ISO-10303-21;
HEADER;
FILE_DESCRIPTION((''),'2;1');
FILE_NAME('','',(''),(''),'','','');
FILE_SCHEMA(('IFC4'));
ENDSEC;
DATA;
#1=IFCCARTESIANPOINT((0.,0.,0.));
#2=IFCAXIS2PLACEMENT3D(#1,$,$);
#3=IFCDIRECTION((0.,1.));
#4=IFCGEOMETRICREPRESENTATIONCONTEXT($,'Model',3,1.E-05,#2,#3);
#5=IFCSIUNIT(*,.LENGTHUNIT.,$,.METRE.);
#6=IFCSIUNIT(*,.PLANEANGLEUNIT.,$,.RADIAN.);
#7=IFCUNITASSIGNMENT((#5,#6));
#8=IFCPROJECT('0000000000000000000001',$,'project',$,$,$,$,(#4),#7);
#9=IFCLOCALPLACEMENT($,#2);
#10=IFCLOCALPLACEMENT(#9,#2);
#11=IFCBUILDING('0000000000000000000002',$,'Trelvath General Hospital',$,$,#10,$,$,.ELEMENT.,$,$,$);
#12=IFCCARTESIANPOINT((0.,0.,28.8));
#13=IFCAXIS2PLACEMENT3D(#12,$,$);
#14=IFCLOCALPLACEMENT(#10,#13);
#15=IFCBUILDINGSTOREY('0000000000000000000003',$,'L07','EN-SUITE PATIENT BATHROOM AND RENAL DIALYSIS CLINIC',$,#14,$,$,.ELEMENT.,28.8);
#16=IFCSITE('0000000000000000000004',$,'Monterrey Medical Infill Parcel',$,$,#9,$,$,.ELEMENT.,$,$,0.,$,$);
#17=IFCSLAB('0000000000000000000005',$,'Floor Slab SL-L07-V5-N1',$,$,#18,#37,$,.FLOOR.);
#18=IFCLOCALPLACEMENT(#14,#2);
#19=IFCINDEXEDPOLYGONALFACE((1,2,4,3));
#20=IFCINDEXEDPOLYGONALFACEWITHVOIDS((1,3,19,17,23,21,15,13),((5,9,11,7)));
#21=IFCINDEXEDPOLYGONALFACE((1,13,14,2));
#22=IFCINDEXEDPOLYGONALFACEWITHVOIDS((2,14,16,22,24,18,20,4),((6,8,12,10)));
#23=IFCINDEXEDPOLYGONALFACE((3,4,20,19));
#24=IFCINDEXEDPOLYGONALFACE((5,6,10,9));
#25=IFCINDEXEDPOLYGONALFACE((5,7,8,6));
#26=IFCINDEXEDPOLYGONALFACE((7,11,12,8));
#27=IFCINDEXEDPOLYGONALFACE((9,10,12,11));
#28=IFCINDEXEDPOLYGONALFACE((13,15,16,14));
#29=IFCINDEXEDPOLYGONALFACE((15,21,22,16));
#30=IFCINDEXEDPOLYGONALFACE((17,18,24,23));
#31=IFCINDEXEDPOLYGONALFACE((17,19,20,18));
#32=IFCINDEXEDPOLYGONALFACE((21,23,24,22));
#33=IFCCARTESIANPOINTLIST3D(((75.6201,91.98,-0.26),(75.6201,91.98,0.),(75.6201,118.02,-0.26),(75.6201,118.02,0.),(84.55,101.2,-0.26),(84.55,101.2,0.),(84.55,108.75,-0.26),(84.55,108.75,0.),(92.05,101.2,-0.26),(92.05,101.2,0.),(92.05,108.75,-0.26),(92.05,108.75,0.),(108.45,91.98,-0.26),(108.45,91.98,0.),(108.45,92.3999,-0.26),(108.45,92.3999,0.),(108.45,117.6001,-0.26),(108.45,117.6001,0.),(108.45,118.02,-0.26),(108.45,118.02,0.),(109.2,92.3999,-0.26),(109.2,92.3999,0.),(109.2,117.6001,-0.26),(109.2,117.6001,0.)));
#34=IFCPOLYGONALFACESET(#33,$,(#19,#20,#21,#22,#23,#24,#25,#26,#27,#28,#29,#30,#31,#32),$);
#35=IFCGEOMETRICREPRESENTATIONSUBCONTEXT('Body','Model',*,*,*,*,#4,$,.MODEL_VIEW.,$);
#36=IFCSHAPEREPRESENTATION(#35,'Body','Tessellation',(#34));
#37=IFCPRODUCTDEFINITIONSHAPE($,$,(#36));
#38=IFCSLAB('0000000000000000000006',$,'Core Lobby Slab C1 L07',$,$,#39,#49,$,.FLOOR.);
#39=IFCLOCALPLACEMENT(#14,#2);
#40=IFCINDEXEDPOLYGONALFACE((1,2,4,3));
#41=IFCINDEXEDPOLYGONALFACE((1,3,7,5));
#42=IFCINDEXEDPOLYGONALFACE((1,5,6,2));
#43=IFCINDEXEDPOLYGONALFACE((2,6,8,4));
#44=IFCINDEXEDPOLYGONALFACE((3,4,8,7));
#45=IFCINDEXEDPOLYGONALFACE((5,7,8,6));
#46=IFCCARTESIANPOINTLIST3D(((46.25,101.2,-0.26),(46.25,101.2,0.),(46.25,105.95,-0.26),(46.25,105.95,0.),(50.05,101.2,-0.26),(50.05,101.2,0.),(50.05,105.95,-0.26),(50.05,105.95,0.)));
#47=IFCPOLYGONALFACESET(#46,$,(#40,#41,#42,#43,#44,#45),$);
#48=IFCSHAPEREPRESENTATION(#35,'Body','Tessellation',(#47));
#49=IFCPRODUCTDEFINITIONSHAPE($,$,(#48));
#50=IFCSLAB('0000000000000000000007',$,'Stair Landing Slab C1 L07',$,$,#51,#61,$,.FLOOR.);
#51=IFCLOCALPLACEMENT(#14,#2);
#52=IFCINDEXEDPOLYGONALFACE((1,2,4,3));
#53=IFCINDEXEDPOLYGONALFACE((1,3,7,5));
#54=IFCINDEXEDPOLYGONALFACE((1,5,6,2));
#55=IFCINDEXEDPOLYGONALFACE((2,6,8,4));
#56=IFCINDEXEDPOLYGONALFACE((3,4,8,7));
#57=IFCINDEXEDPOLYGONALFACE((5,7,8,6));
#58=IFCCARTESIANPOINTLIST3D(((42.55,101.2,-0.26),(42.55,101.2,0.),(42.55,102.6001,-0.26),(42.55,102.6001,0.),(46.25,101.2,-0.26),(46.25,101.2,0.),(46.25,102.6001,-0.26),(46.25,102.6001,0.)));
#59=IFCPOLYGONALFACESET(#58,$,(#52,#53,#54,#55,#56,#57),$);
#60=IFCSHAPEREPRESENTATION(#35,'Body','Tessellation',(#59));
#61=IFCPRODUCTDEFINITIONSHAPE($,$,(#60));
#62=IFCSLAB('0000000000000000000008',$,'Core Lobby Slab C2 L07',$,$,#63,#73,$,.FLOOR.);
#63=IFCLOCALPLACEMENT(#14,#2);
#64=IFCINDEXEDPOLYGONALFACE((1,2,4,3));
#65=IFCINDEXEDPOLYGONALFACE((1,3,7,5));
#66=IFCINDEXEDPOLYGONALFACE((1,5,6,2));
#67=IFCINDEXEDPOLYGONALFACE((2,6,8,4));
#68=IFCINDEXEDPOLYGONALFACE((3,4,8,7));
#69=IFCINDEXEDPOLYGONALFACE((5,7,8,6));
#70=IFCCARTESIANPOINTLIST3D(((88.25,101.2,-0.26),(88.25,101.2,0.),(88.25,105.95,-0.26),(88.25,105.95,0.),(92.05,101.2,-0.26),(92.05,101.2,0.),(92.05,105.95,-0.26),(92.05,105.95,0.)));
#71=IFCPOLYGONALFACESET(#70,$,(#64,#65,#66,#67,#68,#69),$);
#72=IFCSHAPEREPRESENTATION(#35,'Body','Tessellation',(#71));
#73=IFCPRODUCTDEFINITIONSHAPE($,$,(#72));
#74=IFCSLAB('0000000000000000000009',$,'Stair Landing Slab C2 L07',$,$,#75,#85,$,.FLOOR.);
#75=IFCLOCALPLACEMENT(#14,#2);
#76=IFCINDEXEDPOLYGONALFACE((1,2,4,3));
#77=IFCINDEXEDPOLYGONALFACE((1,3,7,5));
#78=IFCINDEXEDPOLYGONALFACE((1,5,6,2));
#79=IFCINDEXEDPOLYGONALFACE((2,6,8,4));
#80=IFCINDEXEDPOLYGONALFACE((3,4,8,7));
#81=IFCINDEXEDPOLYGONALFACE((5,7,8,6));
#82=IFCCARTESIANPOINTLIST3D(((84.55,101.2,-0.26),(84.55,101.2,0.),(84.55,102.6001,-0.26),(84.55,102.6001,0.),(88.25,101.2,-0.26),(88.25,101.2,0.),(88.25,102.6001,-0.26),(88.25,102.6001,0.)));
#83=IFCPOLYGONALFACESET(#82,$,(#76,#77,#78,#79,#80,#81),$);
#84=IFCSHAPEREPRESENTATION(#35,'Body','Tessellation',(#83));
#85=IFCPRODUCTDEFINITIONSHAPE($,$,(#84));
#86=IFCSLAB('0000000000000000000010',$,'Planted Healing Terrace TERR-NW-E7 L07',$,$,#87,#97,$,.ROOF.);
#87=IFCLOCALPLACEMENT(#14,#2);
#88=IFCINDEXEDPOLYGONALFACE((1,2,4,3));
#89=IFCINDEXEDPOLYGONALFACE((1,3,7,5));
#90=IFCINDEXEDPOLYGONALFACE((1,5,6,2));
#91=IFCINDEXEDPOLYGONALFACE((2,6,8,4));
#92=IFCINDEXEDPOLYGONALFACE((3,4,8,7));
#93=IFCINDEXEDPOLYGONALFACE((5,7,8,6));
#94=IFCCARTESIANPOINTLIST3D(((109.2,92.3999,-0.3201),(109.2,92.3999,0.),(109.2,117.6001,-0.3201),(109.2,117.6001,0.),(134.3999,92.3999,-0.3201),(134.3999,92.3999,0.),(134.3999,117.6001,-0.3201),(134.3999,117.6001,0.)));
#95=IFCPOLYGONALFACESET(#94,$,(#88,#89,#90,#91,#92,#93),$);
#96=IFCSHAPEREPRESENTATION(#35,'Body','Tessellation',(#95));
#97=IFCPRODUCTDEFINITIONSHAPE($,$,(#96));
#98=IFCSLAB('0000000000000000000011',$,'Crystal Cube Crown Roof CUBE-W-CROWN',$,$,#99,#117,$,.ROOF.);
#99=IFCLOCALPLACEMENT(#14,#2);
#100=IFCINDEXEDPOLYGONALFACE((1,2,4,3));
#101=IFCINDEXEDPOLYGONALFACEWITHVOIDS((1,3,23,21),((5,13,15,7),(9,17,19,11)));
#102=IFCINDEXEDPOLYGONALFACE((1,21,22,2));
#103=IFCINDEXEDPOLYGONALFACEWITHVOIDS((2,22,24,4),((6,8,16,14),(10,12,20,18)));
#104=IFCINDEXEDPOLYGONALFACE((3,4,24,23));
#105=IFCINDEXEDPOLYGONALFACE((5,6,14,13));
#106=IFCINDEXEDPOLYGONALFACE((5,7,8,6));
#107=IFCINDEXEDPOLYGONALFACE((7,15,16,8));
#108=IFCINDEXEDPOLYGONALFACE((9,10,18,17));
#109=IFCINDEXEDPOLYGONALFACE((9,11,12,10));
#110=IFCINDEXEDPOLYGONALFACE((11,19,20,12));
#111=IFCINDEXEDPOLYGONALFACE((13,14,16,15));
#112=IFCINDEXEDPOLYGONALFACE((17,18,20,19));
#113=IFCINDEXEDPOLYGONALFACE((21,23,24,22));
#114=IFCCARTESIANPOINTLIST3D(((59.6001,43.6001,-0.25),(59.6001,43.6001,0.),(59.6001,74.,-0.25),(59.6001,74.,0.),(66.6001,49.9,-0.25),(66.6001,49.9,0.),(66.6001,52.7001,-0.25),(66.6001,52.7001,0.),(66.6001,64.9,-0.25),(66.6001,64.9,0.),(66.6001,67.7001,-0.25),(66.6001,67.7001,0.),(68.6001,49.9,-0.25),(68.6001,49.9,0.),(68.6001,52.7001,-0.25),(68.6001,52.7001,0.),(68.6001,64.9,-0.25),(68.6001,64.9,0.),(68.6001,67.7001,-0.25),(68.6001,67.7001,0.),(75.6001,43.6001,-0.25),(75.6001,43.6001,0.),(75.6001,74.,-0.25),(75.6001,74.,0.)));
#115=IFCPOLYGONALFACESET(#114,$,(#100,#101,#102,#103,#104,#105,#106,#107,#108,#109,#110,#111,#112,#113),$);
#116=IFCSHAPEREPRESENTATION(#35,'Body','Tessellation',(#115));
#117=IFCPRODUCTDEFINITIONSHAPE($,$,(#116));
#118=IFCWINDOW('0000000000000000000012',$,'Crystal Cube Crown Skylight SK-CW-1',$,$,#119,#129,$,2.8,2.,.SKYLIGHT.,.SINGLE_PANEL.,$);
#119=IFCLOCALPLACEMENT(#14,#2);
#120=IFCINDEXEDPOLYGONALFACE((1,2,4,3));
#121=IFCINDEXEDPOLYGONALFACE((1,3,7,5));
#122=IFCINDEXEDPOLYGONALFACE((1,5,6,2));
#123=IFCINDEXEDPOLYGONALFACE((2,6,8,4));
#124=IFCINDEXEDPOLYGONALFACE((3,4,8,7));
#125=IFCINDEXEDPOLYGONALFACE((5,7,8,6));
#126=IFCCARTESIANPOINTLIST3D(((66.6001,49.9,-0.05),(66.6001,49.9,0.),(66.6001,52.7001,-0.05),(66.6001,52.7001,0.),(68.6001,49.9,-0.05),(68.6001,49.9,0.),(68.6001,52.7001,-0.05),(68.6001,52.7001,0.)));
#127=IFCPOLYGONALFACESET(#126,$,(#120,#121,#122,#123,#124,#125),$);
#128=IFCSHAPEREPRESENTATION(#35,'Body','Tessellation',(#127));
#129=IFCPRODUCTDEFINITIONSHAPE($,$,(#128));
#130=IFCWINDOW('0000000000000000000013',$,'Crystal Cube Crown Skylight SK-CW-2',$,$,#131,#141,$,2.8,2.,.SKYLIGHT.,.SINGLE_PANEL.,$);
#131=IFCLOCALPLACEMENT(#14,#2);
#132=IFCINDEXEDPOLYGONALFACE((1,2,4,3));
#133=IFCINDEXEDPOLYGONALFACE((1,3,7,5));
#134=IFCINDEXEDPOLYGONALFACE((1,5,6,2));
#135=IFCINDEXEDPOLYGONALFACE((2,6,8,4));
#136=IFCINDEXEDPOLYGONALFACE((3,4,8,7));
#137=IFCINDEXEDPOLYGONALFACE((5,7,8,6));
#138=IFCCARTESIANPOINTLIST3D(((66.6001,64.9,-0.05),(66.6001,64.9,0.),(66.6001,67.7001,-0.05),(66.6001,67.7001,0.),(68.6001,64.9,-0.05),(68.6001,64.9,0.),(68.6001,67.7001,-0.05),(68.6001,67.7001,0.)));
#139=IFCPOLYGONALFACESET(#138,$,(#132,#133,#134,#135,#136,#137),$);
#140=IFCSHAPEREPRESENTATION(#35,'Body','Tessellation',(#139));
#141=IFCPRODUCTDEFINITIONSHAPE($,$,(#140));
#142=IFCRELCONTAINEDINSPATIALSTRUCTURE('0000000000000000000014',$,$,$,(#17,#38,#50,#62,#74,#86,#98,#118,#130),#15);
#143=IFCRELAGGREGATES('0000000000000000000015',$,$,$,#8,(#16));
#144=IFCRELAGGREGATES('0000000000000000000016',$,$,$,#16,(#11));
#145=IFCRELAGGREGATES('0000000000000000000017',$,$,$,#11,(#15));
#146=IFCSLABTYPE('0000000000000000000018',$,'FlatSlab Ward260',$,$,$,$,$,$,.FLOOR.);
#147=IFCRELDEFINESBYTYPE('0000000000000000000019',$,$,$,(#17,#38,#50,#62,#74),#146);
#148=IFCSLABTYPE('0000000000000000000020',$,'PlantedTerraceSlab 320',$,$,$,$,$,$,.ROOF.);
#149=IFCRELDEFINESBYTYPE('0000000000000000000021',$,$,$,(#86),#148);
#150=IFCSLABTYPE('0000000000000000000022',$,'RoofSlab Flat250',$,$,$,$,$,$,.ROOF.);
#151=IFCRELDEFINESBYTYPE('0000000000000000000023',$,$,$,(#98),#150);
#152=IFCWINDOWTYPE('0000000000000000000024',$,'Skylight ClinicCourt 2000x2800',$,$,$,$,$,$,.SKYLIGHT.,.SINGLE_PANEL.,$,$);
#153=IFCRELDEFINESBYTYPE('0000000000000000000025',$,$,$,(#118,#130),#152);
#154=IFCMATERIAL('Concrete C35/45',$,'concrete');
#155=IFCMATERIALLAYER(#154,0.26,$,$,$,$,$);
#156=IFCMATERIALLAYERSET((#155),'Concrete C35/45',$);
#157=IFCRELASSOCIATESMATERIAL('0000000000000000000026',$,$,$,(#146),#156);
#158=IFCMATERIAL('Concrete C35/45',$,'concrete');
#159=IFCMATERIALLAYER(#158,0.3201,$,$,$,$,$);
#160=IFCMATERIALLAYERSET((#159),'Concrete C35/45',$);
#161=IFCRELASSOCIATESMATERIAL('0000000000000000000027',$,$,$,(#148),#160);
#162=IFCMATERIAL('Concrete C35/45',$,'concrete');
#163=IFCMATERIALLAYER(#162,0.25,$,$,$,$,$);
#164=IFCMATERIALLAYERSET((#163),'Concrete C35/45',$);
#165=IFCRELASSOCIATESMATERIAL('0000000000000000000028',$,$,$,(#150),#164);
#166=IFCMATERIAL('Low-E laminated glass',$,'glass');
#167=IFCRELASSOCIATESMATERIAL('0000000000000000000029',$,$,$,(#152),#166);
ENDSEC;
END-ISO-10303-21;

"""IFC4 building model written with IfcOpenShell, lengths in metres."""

from ifc_helpers import new_model, si_unit, direction, frame, origin, origin_2d, place, context, subcontext, project, spatial, polyline, rectangle, outline, extrude, material, layer, layer_set, type_object, element, fill, save


model = new_model("IFC4")

# Units and contexts
model_context = context("Model", 3, precision=1e-05, world=origin(), true_north=direction((0.0, 1.0)))
body_context = subcontext(model_context, "Body", "Model", "MODEL_VIEW")
ifc_project = project(units=[si_unit("LENGTHUNIT", "METRE"), si_unit("PLANEANGLEUNIT", "RADIAN")], contexts=[model_context])

# Site, building, storey
site_placement = place(None, origin())
site = spatial("IfcSite", under=ifc_project, at=site_placement, Name="Monterrey Medical Infill Parcel", CompositionType="ELEMENT", RefElevation=0.0)
building_placement = place(site_placement, origin())
building = spatial("IfcBuilding", under=site, at=building_placement, Name="Trelvath General Hospital", CompositionType="ELEMENT")
storey_placement = place(building_placement, frame((0.0, 0.0, 28.8)))
storey = spatial("IfcBuildingStorey", under=building, at=storey_placement, Name="L07", Description="EN-SUITE PATIENT BATHROOM AND RENAL DIALYSIS CLINIC", CompositionType="ELEMENT", Elevation=28.8)

# Slabs
ifc_material_1 = material(Name="Concrete C35/45", Category="concrete")
ifc_layer_1 = layer(ifc_material_1, 0.26)
ifc_layer_set_1 = layer_set([ifc_layer_1], Name="Concrete C35/45")
slab_type_1 = type_object("IfcSlabType", Name="FlatSlab Ward260", PredefinedType="FLOOR", material=ifc_layer_set_1)
slab_1_placement = place(storey_placement, frame((0.0, 0.0, -0.26)))
element("IfcSlab", 1, at=slab_1_placement, inside=storey, type_object=slab_type_1, Name="Floor Slab SL-L07-V5-N1", PredefinedType="FLOOR", context=body_context, shape_type="SweptSolid", body=[
    extrude(outline(polyline([(108.45, 91.98), (75.6201, 91.98), (75.6201, 118.02), (108.45, 118.02), (108.45, 117.6001), (109.2, 117.6001), (109.2, 92.3999), (108.45, 92.3999), (108.45, 91.98)]), holes=[polyline([(84.55, 101.2), (92.05, 101.2), (92.05, 108.75), (84.55, 108.75), (84.55, 101.2)])]), origin(), (0.0, 0.0, 1.0), 0.26),
])
slab_2_placement = place(storey_placement, frame((0.0, 0.0, -0.26)))
element("IfcSlab", 2, at=slab_2_placement, inside=storey, type_object=slab_type_1, Name="Core Lobby Slab C1 L07", PredefinedType="FLOOR", context=body_context, shape_type="SweptSolid", body=[
    extrude(outline(polyline([(46.25, 101.2), (50.05, 101.2), (50.05, 105.95), (46.25, 105.95), (46.25, 101.2)])), origin(), (0.0, 0.0, 1.0), 0.26),
])
slab_3_placement = place(storey_placement, frame((0.0, 0.0, -0.26)))
element("IfcSlab", 3, at=slab_3_placement, inside=storey, type_object=slab_type_1, Name="Stair Landing Slab C1 L07", PredefinedType="FLOOR", context=body_context, shape_type="SweptSolid", body=[
    extrude(outline(polyline([(42.55, 101.2), (46.25, 101.2), (46.25, 102.6001), (42.55, 102.6001), (42.55, 101.2)])), origin(), (0.0, 0.0, 1.0), 0.26),
])
slab_4_placement = place(storey_placement, frame((0.0, 0.0, -0.26)))
element("IfcSlab", 4, at=slab_4_placement, inside=storey, type_object=slab_type_1, Name="Core Lobby Slab C2 L07", PredefinedType="FLOOR", context=body_context, shape_type="SweptSolid", body=[
    extrude(outline(polyline([(88.25, 101.2), (92.05, 101.2), (92.05, 105.95), (88.25, 105.95), (88.25, 101.2)])), origin(), (0.0, 0.0, 1.0), 0.26),
])
slab_5_placement = place(storey_placement, frame((0.0, 0.0, -0.26)))
element("IfcSlab", 5, at=slab_5_placement, inside=storey, type_object=slab_type_1, Name="Stair Landing Slab C2 L07", PredefinedType="FLOOR", context=body_context, shape_type="SweptSolid", body=[
    extrude(outline(polyline([(84.55, 101.2), (88.25, 101.2), (88.25, 102.6001), (84.55, 102.6001), (84.55, 101.2)])), origin(), (0.0, 0.0, 1.0), 0.26),
])
ifc_material_2 = material(Name="Concrete C35/45", Category="concrete")
ifc_layer_2 = layer(ifc_material_2, 0.3201)
ifc_layer_set_2 = layer_set([ifc_layer_2], Name="Concrete C35/45")
slab_type_2 = type_object("IfcSlabType", Name="PlantedTerraceSlab 320", PredefinedType="ROOF", material=ifc_layer_set_2)
slab_6_placement = place(storey_placement, frame((0.0, 0.0, -0.3201)))
element("IfcSlab", 6, at=slab_6_placement, inside=storey, type_object=slab_type_2, Name="Planted Healing Terrace TERR-NW-E7 L07", PredefinedType="ROOF", context=body_context, shape_type="SweptSolid", body=[
    extrude(outline(polyline([(109.2, 92.3999), (134.3999, 92.3999), (134.3999, 117.6001), (109.2, 117.6001), (109.2, 92.3999)])), origin(), (0.0, 0.0, 1.0), 0.3201),
])

# Slab, openings, windows
ifc_material_3 = material(Name="Concrete C35/45", Category="concrete")
ifc_layer_3 = layer(ifc_material_3, 0.25)
ifc_layer_set_3 = layer_set([ifc_layer_3], Name="Concrete C35/45")
slab_type_3 = type_object("IfcSlabType", Name="RoofSlab Flat250", PredefinedType="ROOF", material=ifc_layer_set_3)
slab_7_placement = place(storey_placement, frame((0.0, 0.0, -0.25)))
slab_7 = element("IfcSlab", 7, at=slab_7_placement, inside=storey, type_object=slab_type_3, Name="Crystal Cube Crown Roof CUBE-W-CROWN", PredefinedType="ROOF", context=body_context, shape_type="SweptSolid", body=[
    extrude(outline(polyline([(59.6001, 43.6001), (75.6001, 43.6001), (75.6001, 74.0), (59.6001, 74.0), (59.6001, 43.6001)])), origin(), (0.0, 0.0, 1.0), 0.25),
])
opening_1_placement = place(slab_7_placement, frame((67.6001, 51.3, 0.0)))
opening_1 = element("IfcOpeningElement", 8, at=opening_1_placement, cuts=slab_7, PredefinedType="OPENING", context=body_context, shape_type="SweptSolid", body=[
    extrude(rectangle(XDim=2.0, YDim=2.8, at=origin_2d()), origin(), (0.0, 0.0, 1.0), 0.25),
])
opening_2_placement = place(slab_7_placement, frame((67.6001, 66.3, 0.0)))
opening_2 = element("IfcOpeningElement", 9, at=opening_2_placement, cuts=slab_7, PredefinedType="OPENING", context=body_context, shape_type="SweptSolid", body=[
    extrude(rectangle(XDim=2.0, YDim=2.8, at=origin_2d()), origin(), (0.0, 0.0, 1.0), 0.25),
])
ifc_material_4 = material(Name="Low-E laminated glass", Category="glass")
window_type = type_object("IfcWindowType", Name="Skylight ClinicCourt 2000x2800", PartitioningType="SINGLE_PANEL", PredefinedType="SKYLIGHT", material=ifc_material_4)
window_1_placement = place(opening_1_placement, frame((0.0, 0.0, 0.2)))
window_1 = element("IfcWindow", 10, at=window_1_placement, inside=storey, type_object=window_type, Name="Crystal Cube Crown Skylight SK-CW-1", OverallHeight=2.8, OverallWidth=2.0, PartitioningType="SINGLE_PANEL", PredefinedType="SKYLIGHT", context=body_context, shape_type="SweptSolid", body=[
    extrude(rectangle(XDim=2.0, YDim=2.8, at=origin_2d()), origin(), (0.0, 0.0, 1.0), 0.05),
])
fill(opening_1, window_1)
window_2_placement = place(opening_2_placement, frame((0.0, 0.0, 0.2)))
window_2 = element("IfcWindow", 11, at=window_2_placement, inside=storey, type_object=window_type, Name="Crystal Cube Crown Skylight SK-CW-2", OverallHeight=2.8, OverallWidth=2.0, PartitioningType="SINGLE_PANEL", PredefinedType="SKYLIGHT", context=body_context, shape_type="SweptSolid", body=[
    extrude(rectangle(XDim=2.0, YDim=2.8, at=origin_2d()), origin(), (0.0, 0.0, 1.0), 0.05),
])
fill(opening_2, window_2)

save(model, "model.ifc")
